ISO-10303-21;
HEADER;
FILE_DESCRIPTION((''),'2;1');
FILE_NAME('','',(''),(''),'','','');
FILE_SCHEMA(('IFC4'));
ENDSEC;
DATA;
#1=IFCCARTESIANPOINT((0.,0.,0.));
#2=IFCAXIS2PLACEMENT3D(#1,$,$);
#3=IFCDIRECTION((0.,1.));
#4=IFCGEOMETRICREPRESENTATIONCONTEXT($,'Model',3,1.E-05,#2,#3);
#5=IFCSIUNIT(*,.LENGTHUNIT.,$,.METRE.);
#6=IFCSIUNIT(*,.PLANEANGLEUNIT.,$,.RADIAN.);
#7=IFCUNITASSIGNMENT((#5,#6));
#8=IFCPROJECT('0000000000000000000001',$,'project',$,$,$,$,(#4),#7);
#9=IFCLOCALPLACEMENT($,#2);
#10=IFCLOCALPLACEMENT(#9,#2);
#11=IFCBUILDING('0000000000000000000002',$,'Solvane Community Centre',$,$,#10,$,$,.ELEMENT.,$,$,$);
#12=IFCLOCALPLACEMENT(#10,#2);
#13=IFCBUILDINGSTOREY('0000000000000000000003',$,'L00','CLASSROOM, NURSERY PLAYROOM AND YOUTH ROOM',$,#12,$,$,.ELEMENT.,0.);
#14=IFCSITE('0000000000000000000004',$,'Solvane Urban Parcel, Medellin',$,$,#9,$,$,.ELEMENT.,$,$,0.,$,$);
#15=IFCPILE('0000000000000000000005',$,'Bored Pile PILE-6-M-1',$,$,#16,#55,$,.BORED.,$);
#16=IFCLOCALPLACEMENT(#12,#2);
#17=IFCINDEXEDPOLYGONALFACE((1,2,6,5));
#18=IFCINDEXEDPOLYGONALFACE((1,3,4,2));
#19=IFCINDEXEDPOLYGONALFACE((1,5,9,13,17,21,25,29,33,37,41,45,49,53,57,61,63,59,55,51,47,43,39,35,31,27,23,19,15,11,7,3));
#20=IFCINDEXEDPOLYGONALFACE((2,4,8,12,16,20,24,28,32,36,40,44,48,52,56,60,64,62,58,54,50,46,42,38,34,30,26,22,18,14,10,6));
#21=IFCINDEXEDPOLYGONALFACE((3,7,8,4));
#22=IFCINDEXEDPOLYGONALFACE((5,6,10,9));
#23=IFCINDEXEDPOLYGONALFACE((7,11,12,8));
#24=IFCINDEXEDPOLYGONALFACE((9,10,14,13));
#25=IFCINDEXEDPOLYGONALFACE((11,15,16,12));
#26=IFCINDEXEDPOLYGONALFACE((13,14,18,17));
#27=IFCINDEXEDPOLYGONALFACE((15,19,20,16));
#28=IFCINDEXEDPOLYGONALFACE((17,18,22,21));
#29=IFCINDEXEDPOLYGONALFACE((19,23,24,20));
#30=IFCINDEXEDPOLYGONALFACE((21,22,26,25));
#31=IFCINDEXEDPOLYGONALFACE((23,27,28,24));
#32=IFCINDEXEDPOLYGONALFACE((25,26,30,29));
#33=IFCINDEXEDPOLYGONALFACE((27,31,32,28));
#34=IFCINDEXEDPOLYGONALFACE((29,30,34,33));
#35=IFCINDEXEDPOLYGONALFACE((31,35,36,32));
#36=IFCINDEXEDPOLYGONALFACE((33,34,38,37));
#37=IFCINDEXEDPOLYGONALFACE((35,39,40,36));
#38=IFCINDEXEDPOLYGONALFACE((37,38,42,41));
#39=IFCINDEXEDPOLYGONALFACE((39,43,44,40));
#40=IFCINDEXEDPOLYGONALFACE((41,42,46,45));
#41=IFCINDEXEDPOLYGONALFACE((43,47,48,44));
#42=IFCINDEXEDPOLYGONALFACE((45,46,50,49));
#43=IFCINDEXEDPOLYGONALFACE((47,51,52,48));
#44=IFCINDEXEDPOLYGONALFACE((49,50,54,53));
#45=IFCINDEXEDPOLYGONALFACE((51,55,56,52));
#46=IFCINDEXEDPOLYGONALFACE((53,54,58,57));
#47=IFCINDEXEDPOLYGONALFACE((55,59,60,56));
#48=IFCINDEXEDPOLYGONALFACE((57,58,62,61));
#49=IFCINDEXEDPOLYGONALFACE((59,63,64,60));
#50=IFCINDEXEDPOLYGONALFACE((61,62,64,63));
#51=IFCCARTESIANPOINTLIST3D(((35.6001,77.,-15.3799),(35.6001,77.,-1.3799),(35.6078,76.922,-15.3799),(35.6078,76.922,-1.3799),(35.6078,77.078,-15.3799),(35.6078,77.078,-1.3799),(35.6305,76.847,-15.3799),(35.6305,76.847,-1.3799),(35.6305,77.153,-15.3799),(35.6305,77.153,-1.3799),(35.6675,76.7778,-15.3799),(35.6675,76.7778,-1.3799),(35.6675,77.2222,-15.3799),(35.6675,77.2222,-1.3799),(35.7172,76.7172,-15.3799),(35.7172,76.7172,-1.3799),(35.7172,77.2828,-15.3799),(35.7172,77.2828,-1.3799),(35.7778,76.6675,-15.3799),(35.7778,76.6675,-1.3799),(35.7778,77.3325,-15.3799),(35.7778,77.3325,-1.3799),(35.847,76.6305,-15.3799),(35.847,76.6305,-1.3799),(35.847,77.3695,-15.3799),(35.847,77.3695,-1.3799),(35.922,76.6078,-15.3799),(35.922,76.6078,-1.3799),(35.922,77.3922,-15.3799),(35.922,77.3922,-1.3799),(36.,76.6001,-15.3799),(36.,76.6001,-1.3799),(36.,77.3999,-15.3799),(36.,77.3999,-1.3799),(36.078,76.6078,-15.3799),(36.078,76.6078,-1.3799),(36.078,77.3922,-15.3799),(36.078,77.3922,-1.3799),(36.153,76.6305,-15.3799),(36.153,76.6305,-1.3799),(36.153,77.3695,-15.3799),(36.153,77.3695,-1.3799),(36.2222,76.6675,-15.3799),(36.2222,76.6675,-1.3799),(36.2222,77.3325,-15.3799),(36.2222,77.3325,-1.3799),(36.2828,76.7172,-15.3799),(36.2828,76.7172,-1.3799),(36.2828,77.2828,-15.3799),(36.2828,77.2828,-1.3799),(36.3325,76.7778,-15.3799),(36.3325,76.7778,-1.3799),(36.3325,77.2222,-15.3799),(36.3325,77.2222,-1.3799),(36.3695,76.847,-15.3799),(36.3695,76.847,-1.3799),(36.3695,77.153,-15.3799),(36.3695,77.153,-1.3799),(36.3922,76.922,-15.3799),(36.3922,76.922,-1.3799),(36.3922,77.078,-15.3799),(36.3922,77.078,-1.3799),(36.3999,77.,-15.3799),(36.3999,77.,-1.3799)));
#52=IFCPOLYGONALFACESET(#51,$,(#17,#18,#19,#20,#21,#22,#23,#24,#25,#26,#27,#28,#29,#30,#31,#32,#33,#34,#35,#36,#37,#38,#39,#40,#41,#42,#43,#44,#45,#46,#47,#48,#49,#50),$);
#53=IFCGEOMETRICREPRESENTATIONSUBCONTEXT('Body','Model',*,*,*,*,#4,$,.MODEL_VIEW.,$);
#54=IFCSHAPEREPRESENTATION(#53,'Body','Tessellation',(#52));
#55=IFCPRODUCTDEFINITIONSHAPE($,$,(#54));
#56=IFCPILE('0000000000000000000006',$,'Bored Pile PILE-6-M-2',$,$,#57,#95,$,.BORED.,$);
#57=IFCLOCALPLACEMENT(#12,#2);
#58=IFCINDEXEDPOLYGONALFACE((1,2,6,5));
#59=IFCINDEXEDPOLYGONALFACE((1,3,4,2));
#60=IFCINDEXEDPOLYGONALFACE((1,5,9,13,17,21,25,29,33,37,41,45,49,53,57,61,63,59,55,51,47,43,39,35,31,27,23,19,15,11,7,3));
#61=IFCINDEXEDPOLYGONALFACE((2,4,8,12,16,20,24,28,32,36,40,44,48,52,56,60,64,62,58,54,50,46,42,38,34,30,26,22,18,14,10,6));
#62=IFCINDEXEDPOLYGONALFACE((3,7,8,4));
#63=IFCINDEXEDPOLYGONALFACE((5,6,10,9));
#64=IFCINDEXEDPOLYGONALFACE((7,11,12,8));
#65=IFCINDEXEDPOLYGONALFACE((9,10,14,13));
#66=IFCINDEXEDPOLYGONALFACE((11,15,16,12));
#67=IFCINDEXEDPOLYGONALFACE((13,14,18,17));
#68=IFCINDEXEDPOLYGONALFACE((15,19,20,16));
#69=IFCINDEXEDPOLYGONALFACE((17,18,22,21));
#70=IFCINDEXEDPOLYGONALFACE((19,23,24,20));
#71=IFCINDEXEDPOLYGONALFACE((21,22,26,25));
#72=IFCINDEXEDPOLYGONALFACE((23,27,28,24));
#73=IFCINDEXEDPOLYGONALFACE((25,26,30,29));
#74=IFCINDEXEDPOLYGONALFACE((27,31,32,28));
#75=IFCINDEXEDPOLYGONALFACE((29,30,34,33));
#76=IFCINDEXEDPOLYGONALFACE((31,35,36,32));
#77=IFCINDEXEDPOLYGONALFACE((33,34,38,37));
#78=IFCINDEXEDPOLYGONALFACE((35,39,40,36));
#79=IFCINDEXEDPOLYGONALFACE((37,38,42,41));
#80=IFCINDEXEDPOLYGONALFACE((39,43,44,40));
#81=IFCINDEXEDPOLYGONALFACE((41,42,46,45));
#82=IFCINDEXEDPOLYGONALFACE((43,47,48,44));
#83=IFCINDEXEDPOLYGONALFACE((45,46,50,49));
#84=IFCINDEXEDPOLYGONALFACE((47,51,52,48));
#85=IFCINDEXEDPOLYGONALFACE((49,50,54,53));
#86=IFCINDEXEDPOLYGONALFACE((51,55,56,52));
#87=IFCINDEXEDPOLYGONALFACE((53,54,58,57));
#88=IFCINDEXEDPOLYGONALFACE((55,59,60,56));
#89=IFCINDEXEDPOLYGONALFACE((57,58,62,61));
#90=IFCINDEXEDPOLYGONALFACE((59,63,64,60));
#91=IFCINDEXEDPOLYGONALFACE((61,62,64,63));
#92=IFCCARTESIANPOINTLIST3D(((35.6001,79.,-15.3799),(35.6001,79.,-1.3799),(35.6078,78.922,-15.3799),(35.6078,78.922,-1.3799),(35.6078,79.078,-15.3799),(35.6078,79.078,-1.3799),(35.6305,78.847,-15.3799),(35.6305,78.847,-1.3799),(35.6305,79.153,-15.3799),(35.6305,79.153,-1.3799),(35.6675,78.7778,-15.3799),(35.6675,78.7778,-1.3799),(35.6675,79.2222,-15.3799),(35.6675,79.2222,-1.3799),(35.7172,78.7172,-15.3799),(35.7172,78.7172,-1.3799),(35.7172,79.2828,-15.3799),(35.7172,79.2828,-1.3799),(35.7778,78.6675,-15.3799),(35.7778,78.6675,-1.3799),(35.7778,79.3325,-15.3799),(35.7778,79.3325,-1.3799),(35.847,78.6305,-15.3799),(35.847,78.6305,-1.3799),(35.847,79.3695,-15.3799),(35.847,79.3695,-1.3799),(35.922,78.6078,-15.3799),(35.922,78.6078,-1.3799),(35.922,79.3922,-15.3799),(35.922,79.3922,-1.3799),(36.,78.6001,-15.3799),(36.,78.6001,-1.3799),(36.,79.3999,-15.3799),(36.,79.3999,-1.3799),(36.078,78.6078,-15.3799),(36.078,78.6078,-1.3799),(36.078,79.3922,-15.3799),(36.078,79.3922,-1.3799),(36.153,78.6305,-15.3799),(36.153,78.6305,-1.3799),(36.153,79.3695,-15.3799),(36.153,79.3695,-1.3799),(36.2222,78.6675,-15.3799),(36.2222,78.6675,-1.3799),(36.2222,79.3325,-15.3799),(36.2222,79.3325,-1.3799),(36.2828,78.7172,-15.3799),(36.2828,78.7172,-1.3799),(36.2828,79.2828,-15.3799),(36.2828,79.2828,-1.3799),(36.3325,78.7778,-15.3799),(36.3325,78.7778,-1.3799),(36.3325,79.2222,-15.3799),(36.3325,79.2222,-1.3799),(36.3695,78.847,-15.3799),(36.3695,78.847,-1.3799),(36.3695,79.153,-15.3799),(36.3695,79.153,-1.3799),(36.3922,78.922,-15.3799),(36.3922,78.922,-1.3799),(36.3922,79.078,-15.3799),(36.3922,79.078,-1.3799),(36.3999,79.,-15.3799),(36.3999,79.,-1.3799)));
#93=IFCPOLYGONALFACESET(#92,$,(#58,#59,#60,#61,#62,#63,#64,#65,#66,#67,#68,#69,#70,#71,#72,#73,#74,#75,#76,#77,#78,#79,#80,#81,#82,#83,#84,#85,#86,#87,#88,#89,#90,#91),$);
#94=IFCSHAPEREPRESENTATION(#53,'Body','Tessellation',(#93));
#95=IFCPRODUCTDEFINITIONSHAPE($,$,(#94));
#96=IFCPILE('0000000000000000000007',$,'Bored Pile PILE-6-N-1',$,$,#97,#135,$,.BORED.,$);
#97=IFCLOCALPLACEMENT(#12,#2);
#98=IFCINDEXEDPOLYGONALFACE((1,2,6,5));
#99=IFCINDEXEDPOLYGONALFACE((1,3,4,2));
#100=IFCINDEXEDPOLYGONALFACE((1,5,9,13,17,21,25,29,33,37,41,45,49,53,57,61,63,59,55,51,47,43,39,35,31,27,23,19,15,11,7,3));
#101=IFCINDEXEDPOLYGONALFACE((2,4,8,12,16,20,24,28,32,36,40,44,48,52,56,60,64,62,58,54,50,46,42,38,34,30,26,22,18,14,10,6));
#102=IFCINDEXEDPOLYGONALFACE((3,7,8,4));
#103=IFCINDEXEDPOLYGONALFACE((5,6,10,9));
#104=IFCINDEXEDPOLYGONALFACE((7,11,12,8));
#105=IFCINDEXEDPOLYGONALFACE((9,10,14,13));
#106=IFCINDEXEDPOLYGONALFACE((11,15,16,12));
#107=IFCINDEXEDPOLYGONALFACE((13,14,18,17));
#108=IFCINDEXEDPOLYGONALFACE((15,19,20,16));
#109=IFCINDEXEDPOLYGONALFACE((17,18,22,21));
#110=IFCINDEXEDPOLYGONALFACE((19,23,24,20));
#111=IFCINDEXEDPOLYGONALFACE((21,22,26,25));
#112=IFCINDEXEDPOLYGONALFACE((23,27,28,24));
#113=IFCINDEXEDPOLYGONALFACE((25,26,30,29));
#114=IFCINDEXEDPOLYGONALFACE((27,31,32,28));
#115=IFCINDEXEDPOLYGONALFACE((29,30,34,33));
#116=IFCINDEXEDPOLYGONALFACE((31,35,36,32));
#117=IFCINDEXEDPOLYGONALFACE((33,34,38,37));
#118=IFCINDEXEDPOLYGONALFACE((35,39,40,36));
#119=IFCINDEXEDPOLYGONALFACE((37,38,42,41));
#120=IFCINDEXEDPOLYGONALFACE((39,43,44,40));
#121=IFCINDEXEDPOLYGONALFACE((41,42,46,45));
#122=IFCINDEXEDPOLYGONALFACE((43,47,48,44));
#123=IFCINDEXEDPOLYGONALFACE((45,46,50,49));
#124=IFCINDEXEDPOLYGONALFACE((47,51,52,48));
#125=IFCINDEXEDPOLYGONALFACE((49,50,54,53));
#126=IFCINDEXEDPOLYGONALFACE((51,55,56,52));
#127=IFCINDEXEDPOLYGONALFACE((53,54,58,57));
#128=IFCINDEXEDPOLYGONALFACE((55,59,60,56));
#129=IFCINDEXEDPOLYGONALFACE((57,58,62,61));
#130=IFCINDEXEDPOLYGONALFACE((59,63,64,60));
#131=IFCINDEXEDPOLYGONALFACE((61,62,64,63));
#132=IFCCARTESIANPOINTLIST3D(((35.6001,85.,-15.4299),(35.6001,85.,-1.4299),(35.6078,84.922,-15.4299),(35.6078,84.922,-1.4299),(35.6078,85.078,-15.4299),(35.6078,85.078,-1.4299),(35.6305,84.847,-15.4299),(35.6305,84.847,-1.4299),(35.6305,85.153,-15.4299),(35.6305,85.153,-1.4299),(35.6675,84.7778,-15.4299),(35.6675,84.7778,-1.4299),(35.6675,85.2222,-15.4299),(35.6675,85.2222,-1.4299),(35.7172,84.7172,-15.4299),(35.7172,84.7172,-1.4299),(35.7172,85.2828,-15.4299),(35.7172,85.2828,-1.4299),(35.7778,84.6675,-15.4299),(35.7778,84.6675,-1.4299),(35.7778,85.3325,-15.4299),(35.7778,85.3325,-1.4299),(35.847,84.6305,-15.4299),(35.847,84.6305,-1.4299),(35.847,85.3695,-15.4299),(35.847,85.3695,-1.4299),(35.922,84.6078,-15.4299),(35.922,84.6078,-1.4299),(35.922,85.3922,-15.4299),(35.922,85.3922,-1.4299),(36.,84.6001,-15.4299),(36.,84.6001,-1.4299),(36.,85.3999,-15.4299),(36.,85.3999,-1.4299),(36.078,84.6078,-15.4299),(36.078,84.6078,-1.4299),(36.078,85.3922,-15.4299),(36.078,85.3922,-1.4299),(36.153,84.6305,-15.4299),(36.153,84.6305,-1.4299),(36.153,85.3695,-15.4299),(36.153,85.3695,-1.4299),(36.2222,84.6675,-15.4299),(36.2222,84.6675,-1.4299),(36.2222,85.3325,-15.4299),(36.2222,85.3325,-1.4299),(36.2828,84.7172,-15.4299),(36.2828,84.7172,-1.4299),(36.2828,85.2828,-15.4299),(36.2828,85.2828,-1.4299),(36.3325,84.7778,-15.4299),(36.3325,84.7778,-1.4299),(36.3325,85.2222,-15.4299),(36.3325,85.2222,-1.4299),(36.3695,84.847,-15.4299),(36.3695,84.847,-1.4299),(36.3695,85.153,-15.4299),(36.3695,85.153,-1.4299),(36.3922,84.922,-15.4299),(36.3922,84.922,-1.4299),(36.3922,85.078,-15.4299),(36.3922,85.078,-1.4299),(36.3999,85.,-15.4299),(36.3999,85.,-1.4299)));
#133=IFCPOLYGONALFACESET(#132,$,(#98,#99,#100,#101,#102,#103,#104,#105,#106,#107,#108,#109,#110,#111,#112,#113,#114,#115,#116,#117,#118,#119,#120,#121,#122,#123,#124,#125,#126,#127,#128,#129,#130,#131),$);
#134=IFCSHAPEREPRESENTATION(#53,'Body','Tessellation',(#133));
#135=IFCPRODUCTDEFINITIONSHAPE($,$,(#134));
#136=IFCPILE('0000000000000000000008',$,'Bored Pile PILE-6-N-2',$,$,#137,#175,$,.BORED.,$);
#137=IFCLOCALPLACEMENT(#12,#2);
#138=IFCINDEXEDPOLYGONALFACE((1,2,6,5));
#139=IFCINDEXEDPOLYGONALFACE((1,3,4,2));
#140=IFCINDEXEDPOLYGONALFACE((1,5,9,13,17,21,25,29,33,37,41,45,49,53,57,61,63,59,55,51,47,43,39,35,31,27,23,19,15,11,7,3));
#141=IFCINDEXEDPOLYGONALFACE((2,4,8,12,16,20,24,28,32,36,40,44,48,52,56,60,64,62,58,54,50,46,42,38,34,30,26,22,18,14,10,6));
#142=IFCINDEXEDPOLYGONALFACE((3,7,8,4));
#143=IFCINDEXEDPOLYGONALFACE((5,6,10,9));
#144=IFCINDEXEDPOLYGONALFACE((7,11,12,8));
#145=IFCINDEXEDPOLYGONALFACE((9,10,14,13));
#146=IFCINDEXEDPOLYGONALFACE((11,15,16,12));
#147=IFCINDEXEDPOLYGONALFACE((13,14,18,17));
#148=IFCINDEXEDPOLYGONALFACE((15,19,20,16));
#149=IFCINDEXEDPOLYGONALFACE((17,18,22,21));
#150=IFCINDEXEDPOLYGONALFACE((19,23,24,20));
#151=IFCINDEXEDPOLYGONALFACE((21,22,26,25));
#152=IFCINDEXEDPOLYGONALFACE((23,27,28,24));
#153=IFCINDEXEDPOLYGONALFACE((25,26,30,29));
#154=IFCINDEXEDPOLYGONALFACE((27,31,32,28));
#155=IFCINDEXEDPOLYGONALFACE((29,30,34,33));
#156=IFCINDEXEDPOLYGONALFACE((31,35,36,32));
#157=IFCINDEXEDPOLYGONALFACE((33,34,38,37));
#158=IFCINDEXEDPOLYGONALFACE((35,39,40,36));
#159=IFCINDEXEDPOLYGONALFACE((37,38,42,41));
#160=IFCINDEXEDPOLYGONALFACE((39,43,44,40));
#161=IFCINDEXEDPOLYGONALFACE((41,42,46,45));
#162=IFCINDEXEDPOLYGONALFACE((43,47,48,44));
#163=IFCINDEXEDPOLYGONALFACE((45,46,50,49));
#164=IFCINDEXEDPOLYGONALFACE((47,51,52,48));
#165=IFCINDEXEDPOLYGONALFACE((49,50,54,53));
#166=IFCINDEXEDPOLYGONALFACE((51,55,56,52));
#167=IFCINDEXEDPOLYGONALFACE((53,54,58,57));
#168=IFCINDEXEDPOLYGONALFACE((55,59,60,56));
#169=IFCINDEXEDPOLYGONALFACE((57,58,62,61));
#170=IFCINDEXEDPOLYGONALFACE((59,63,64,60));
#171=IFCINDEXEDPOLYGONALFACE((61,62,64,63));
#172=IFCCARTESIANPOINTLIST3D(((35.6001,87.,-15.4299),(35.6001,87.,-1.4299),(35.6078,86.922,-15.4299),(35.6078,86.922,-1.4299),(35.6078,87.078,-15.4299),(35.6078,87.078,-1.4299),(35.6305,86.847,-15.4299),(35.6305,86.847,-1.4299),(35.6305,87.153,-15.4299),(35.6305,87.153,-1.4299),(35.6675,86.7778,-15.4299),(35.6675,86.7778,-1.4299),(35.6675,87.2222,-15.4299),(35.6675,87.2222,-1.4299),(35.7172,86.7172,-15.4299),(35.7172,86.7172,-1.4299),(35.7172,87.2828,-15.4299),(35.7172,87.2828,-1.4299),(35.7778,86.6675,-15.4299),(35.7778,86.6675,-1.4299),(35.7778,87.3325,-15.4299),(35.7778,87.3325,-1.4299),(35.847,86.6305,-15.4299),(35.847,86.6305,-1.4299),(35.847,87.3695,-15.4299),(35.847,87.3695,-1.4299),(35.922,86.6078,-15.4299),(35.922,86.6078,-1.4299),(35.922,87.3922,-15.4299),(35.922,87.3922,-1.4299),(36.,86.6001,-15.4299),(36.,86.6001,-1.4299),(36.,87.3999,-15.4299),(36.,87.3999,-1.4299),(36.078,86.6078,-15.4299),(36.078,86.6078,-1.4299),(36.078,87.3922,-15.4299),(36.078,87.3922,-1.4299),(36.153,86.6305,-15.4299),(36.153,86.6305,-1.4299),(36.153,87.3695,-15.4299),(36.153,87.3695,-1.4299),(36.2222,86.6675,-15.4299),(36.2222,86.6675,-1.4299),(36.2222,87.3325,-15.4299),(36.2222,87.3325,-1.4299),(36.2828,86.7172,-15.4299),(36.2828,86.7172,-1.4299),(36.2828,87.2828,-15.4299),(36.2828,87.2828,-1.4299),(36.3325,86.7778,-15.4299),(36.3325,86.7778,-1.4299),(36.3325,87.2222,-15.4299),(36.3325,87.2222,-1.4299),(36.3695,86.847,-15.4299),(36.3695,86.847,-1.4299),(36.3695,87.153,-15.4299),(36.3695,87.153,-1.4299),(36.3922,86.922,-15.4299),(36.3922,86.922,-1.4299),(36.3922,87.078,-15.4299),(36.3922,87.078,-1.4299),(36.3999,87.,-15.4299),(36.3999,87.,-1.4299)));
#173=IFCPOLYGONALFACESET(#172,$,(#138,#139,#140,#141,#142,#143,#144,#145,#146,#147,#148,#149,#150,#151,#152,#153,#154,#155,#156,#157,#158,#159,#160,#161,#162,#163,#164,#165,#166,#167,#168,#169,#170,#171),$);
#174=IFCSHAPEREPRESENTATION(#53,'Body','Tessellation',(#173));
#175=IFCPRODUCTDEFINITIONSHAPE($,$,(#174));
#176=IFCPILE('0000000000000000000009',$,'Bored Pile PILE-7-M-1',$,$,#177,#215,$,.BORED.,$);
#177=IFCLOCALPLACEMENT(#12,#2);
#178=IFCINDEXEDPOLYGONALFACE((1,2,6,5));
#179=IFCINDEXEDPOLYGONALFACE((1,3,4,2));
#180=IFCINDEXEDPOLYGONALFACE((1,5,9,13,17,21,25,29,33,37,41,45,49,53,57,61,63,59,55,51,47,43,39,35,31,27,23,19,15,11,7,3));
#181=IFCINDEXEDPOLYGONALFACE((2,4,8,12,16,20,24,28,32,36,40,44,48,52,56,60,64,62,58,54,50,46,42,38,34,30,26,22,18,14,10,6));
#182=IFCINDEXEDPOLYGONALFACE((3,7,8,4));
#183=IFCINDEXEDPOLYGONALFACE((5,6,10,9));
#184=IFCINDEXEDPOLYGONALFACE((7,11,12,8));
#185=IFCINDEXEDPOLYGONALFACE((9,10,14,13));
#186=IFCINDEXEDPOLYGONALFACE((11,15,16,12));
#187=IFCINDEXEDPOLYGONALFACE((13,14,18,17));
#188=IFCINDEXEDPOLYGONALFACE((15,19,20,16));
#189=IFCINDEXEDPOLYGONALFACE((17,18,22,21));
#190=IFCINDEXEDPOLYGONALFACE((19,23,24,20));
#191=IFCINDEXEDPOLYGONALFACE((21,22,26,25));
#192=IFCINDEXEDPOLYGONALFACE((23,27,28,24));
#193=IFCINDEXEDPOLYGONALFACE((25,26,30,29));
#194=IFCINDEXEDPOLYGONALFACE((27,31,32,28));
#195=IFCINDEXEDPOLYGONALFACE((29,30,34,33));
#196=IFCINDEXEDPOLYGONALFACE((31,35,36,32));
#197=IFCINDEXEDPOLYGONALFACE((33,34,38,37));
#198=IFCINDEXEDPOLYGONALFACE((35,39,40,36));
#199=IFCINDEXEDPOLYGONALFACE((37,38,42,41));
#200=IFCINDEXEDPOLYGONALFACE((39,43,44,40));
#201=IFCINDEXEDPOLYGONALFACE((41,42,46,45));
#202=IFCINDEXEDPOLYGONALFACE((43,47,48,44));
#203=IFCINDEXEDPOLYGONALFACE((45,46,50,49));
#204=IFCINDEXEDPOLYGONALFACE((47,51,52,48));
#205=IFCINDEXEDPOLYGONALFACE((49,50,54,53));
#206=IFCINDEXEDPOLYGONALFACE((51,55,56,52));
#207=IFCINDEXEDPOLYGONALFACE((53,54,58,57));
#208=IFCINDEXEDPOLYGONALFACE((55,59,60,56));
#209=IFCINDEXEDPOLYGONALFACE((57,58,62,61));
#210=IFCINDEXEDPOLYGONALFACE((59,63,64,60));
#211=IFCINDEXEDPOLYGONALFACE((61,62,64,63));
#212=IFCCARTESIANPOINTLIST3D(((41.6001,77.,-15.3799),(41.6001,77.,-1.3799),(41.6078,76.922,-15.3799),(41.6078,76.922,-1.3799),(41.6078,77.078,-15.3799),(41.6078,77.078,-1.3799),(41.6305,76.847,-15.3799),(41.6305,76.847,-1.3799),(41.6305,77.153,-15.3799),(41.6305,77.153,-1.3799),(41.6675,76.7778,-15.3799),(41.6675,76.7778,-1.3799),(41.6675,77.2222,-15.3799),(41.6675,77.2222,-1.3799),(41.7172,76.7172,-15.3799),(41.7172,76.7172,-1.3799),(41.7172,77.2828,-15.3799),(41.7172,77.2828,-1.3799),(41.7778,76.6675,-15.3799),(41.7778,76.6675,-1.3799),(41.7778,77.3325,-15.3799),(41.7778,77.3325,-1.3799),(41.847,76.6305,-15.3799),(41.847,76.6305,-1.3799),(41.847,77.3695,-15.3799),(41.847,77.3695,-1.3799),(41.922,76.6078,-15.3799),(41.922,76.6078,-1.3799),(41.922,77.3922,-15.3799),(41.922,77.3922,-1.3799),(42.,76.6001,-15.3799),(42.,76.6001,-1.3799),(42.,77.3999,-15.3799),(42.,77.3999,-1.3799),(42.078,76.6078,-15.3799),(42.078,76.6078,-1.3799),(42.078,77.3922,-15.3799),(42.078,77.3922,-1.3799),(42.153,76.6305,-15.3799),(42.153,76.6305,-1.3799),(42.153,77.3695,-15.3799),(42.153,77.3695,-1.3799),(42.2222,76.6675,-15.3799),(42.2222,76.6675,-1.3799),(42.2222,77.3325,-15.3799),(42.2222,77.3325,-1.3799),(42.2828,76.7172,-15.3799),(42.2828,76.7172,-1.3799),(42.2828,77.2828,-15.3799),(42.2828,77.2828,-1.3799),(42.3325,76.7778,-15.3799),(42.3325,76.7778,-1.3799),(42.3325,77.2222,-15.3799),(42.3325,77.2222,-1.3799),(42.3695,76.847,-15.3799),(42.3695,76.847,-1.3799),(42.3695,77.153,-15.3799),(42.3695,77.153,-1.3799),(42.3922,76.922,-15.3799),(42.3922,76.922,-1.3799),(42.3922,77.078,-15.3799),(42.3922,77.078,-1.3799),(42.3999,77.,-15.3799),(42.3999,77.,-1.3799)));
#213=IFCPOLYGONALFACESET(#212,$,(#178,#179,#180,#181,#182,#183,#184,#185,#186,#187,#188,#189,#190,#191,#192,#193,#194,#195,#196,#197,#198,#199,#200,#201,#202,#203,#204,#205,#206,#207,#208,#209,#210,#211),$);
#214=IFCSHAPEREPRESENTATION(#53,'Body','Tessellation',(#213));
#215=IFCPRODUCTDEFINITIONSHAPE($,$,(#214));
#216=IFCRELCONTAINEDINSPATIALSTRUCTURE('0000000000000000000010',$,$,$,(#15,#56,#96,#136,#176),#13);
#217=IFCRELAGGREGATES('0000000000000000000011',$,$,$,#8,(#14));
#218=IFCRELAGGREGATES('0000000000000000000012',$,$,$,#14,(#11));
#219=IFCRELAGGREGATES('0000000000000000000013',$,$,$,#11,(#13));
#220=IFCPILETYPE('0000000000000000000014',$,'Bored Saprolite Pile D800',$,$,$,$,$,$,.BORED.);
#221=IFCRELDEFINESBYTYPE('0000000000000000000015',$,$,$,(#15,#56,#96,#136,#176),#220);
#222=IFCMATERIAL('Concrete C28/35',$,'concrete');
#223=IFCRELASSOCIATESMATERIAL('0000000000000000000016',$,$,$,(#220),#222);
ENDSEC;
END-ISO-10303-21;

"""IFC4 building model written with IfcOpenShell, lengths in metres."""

from ifc_helpers import new_model, si_unit, direction, frame, origin, origin_2d, place, context, subcontext, project, spatial, circle, extrude, material, material_profile, profile_set, type_object, element, save


model = new_model("IFC4")

# Units and contexts
model_context = context("Model", 3, precision=1e-05, world=origin(), true_north=direction((0.0, 1.0)))
body_context = subcontext(model_context, "Body", "Model", "MODEL_VIEW")
ifc_project = project(units=[si_unit("LENGTHUNIT", "METRE"), si_unit("PLANEANGLEUNIT", "RADIAN")], contexts=[model_context])

# Site, building, storey
site_placement = place(None, origin())
site = spatial("IfcSite", under=ifc_project, at=site_placement, Name="Solvane Urban Parcel, Medellin", CompositionType="ELEMENT", RefElevation=0.0)
building_placement = place(site_placement, origin())
building = spatial("IfcBuilding", under=site, at=building_placement, Name="Solvane Community Centre", CompositionType="ELEMENT")
storey_placement = place(building_placement, origin())
storey = spatial("IfcBuildingStorey", under=building, at=storey_placement, Name="L00", Description="CLASSROOM, NURSERY PLAYROOM AND YOUTH ROOM", CompositionType="ELEMENT", Elevation=0.0)

# Piles
ifc_material_1 = material(Name="Concrete C28/35", Category="concrete")
ifc_material_profile_1 = material_profile(ifc_material_1, circle(Radius=0.3999, at=origin_2d()), Name="PILE D800")
ifc_profile_set_1 = profile_set([ifc_material_profile_1], Name="Concrete C28/35")
pile_type = type_object("IfcPileType", Name="Bored Saprolite Pile D800", PredefinedType="BORED", material=ifc_profile_set_1)
for number, where, z_axis, x_axis, name in (
    (1, (36.0, 77.0, -1.3799), (0.0, 0.0, -1.0), (1.0, 0.0, 0.0), "Bored Pile PILE-6-M-1"),
    (2, (36.0, 79.0, -1.3799), (0.0, 0.0, -1.0), (1.0, 0.0, 0.0), "Bored Pile PILE-6-M-2"),
    (3, (36.0, 85.0, -1.4299), (0.0, 0.0, -1.0), (1.0, 0.0, 0.0), "Bored Pile PILE-6-N-1"),
    (4, (36.0, 87.0, -1.4299), (0.0, 0.0, -1.0), (1.0, 0.0, 0.0), "Bored Pile PILE-6-N-2"),
    (5, (42.0, 77.0, -1.3799), (0.0, 0.0, -1.0), (1.0, 0.0, 0.0), "Bored Pile PILE-7-M-1"),
):
    element("IfcPile", number, at=place(storey_placement, frame(where, z_axis=z_axis, x_axis=x_axis)), inside=storey, type_object=pile_type, Name=name, PredefinedType="BORED", context=body_context, shape_type="SweptSolid", body=[
        extrude(circle(Radius=0.3999, at=origin_2d()), origin(), (0.0, 0.0, 1.0), 14.0),
    ])

save(model, "model.ifc")
